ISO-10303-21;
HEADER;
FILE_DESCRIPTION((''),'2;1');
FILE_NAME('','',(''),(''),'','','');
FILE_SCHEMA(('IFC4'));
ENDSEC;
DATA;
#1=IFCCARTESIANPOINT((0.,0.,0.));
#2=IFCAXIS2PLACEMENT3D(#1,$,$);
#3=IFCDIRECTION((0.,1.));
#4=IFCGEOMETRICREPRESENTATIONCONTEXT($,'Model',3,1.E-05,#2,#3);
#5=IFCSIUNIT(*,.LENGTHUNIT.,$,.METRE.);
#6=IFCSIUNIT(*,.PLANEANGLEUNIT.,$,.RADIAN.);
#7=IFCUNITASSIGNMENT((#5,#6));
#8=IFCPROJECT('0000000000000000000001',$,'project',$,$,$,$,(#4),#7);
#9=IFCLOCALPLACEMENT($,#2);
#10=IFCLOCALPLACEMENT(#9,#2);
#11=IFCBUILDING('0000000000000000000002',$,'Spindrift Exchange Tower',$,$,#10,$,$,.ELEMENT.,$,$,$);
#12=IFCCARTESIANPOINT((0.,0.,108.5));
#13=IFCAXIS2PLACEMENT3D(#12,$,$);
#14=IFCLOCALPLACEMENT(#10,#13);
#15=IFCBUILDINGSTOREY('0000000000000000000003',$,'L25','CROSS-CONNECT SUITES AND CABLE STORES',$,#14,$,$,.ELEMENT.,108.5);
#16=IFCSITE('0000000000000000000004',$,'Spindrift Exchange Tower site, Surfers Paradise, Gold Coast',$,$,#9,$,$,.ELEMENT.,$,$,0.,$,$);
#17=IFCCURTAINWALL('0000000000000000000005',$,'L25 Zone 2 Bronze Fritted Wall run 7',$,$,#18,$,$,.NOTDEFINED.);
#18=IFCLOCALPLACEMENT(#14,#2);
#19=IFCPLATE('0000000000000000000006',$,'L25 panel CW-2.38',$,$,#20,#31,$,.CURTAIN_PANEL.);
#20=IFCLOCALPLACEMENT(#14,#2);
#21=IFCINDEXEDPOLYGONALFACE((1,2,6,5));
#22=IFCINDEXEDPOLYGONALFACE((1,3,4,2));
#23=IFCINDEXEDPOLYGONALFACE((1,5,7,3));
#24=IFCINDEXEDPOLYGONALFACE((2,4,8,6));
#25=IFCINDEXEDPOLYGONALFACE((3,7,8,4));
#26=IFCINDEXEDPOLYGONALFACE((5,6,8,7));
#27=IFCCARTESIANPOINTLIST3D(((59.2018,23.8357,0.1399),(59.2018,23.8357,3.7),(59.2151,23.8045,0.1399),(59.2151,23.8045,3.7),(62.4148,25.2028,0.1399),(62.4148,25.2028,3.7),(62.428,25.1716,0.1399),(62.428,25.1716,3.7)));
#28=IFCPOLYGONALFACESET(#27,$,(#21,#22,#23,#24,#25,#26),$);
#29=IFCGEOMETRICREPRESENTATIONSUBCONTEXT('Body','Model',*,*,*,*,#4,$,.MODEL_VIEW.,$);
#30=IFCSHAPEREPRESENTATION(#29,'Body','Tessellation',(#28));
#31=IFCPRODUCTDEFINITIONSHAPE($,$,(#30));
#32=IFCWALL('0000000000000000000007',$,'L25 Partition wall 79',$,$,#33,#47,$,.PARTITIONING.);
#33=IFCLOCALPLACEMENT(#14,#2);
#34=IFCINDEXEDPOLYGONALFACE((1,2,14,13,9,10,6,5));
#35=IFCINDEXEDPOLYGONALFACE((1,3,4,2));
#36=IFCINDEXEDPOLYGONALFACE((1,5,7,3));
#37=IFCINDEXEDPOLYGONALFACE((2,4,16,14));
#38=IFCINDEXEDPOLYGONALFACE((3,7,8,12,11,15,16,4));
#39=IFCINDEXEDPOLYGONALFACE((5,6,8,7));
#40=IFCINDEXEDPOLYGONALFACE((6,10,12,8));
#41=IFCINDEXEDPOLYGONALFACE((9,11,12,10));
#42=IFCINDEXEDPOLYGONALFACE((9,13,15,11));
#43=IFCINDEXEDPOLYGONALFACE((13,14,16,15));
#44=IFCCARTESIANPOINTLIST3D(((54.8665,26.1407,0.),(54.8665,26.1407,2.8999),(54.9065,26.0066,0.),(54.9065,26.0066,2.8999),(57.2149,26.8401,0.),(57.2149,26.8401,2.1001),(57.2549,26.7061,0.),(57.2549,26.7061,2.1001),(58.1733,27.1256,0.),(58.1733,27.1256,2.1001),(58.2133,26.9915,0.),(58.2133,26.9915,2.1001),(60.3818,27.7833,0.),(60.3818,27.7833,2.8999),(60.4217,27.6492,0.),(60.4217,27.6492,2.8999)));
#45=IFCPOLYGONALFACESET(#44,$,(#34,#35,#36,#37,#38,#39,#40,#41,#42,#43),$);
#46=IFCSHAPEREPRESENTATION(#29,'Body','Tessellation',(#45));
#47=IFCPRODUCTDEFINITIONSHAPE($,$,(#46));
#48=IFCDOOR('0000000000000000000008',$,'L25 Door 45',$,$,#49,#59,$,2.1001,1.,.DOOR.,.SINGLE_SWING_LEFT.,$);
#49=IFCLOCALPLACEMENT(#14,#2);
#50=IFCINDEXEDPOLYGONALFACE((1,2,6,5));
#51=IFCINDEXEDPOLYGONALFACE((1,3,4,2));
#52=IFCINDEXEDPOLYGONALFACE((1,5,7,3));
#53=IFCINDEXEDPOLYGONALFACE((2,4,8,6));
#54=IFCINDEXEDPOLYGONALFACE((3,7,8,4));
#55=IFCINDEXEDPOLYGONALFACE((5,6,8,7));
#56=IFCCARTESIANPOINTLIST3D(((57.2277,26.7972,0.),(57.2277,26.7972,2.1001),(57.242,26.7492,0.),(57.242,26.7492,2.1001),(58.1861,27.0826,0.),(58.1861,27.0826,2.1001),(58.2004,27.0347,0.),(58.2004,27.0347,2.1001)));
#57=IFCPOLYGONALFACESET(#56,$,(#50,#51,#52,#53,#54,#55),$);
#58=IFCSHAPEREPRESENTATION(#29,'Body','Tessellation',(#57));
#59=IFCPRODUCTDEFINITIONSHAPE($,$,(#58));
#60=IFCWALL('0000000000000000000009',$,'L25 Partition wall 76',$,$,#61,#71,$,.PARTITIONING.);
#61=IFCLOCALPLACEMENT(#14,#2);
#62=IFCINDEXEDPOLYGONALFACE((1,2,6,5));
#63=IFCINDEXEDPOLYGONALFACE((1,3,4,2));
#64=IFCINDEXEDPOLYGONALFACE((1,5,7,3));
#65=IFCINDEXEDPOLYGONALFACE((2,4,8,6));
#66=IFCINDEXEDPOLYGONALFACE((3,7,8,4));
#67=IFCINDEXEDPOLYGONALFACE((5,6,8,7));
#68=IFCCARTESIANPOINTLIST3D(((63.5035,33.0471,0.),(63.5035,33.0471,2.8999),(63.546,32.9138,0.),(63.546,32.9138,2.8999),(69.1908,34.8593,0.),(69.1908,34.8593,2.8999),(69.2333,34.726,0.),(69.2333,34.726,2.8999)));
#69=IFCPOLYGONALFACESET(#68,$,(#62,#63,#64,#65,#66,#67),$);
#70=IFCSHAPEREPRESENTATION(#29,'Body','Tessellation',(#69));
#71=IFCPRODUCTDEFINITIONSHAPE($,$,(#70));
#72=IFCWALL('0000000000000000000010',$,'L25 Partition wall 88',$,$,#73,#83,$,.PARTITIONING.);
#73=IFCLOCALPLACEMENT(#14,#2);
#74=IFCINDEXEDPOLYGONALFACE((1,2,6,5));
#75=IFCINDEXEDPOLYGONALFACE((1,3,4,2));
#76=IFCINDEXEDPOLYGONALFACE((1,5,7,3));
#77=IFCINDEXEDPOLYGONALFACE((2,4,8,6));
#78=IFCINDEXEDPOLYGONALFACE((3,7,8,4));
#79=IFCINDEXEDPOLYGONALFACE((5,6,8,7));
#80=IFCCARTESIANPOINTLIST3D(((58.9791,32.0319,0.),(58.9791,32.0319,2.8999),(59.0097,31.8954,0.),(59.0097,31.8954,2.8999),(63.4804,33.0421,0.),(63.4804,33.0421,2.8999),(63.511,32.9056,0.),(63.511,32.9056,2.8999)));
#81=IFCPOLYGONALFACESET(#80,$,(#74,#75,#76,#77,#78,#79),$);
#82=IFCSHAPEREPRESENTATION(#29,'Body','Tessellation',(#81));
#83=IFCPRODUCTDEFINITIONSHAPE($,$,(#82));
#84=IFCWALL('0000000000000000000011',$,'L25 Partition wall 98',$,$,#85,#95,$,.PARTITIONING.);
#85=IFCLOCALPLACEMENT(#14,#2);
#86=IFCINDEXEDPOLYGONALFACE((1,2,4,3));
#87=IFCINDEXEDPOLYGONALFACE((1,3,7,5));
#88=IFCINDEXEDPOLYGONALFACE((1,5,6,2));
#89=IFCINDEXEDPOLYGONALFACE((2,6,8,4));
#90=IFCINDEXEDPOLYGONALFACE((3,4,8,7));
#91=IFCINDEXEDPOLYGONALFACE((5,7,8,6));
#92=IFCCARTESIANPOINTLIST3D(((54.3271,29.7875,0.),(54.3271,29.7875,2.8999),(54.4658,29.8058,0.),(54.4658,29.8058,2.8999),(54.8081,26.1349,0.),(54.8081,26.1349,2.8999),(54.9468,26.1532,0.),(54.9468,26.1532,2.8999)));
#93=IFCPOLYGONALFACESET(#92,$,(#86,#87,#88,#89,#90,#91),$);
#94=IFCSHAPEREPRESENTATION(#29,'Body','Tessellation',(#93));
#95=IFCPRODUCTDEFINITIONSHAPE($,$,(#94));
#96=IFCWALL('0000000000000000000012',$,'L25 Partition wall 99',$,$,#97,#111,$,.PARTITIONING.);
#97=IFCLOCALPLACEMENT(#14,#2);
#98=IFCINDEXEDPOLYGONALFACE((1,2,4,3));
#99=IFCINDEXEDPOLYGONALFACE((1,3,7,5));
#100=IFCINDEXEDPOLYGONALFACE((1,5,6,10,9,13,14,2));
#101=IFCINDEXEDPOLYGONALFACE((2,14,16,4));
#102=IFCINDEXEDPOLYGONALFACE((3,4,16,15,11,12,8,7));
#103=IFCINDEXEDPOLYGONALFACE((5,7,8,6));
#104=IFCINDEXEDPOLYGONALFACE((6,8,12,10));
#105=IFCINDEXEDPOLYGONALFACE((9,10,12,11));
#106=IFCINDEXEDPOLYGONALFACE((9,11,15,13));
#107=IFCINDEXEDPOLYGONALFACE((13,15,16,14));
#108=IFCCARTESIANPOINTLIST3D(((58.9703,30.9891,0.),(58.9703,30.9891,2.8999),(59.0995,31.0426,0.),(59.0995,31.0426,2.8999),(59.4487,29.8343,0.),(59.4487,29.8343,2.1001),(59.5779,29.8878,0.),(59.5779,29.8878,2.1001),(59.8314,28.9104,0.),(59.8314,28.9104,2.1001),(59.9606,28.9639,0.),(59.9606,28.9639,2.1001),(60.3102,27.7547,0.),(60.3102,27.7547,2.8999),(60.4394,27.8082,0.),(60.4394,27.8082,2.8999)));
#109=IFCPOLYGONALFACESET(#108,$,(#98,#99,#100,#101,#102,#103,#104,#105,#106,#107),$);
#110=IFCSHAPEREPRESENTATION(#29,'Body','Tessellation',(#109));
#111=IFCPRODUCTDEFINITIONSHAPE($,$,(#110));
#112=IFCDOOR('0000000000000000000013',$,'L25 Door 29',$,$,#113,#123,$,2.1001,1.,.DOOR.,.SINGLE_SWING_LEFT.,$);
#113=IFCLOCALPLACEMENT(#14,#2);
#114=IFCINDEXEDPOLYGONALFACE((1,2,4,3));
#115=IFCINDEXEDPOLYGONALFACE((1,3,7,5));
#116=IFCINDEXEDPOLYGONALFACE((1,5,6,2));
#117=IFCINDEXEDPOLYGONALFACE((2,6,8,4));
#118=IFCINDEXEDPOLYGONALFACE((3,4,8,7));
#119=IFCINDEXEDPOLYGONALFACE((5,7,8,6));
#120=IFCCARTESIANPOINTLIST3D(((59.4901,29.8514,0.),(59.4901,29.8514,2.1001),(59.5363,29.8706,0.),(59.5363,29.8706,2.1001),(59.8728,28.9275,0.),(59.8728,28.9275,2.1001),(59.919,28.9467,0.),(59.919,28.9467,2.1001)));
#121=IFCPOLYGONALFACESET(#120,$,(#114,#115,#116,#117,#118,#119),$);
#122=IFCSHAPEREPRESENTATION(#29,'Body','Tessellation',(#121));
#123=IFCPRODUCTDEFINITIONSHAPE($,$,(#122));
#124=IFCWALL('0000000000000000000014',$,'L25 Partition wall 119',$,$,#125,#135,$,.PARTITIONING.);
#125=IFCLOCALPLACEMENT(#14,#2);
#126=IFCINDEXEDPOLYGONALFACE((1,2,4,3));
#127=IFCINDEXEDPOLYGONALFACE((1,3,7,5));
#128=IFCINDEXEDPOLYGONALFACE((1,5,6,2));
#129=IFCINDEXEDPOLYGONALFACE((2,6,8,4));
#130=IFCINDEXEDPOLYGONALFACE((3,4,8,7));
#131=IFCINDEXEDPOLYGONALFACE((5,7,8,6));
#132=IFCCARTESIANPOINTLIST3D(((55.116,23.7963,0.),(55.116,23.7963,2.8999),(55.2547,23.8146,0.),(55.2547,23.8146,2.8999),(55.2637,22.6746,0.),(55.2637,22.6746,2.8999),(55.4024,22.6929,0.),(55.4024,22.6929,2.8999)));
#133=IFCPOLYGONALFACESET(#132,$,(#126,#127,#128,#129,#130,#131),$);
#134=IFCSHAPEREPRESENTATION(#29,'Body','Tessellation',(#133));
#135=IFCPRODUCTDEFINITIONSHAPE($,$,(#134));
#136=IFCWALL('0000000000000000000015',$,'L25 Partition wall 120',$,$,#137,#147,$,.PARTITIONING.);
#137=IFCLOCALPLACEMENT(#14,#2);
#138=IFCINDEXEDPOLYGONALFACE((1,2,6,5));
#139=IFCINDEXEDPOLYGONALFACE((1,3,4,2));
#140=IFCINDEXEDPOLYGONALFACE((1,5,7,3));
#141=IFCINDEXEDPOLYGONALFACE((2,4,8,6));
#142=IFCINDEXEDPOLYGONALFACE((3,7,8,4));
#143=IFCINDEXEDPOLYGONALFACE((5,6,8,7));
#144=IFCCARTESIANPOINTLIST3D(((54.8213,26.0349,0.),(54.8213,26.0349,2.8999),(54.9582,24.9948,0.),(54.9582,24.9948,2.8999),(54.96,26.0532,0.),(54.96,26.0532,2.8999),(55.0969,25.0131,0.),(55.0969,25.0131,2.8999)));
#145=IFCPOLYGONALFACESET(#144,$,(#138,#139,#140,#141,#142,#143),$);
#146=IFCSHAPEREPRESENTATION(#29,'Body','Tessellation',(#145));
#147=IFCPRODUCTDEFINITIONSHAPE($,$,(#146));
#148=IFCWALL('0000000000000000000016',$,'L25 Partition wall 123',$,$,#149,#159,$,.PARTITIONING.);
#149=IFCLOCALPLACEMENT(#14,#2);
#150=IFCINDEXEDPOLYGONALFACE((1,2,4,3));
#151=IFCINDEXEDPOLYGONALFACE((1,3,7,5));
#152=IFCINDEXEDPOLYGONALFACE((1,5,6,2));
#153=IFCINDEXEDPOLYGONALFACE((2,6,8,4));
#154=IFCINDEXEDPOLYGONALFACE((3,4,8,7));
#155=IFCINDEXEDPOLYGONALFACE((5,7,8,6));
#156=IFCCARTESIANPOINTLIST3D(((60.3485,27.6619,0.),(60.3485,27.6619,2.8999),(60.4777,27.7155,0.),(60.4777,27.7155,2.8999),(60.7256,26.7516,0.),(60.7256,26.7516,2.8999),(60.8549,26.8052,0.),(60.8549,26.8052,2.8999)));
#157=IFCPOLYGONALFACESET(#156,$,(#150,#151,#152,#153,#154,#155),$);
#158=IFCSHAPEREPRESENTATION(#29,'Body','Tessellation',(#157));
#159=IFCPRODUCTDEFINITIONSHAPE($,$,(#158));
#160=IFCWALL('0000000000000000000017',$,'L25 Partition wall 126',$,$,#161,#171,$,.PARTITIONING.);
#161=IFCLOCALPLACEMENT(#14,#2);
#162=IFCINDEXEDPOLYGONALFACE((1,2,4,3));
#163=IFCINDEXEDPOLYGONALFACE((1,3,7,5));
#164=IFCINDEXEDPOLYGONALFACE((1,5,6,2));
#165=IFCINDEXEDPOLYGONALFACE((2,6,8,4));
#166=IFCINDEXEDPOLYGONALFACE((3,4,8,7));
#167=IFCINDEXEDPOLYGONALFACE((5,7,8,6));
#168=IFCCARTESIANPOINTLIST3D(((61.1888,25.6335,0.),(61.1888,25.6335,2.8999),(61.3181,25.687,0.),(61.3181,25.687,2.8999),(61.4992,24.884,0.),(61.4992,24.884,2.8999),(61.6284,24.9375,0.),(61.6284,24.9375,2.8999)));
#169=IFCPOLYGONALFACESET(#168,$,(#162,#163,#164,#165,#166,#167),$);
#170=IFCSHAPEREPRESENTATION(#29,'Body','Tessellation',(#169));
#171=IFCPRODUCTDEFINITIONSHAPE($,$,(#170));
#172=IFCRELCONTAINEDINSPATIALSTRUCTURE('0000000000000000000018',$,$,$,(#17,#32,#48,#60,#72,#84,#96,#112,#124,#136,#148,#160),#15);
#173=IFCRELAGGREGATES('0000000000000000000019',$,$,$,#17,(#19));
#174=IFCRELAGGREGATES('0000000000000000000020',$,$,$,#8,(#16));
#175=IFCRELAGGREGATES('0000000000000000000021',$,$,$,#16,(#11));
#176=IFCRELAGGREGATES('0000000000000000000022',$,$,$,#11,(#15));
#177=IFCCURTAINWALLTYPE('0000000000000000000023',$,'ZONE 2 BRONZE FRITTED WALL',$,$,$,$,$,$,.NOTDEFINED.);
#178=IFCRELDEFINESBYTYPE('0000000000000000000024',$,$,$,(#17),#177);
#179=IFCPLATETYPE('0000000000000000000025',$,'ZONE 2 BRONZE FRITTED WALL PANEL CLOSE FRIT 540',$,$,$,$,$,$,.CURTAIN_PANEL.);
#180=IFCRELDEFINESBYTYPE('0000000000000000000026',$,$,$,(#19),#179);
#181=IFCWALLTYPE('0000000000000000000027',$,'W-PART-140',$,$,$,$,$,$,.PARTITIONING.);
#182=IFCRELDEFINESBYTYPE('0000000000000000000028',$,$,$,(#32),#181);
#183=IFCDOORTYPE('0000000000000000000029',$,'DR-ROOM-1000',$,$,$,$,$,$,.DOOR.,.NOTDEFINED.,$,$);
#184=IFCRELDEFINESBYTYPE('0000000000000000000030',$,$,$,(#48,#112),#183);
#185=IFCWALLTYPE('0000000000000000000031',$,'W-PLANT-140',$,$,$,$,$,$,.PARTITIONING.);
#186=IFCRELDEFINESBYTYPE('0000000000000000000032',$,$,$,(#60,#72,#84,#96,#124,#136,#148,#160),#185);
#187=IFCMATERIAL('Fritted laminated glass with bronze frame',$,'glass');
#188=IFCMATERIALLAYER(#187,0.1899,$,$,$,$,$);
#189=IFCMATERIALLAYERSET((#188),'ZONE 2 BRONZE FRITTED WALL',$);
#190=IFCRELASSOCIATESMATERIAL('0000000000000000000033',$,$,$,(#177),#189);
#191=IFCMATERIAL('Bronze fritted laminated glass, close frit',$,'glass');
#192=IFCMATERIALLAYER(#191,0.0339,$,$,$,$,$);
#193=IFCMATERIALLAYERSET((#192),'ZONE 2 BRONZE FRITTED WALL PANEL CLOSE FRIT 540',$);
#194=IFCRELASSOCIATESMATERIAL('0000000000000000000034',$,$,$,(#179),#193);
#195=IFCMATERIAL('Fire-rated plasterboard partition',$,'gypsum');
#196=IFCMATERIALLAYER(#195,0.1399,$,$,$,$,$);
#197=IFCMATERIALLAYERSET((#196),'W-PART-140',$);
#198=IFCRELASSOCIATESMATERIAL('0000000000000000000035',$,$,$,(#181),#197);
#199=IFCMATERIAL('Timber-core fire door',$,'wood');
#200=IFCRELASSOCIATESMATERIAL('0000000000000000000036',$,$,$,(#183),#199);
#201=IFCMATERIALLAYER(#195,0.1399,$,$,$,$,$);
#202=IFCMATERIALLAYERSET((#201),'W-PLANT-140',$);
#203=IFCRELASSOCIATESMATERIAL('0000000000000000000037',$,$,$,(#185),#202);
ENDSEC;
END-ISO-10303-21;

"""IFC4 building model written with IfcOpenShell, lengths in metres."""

from ifc_helpers import new_model, si_unit, direction, frame, frame_2d, origin, origin_2d, place, context, subcontext, project, spatial, rectangle, extrude, source, transform, mapped, material, layer, layer_set, type_object, element, fill, aggregate, save


model = new_model("IFC4")

# Units and contexts
model_context = context("Model", 3, precision=1e-05, world=origin(), true_north=direction((0.0, 1.0)))
body_context = subcontext(model_context, "Body", "Model", "MODEL_VIEW")
ifc_project = project(units=[si_unit("LENGTHUNIT", "METRE"), si_unit("PLANEANGLEUNIT", "RADIAN")], contexts=[model_context])

# Site, building, storey
site_placement = place(None, origin())
site = spatial("IfcSite", under=ifc_project, at=site_placement, Name="Spindrift Exchange Tower site, Surfers Paradise, Gold Coast", CompositionType="ELEMENT", RefElevation=0.0)
building_placement = place(site_placement, origin())
building = spatial("IfcBuilding", under=site, at=building_placement, Name="Spindrift Exchange Tower", CompositionType="ELEMENT")
storey_placement = place(building_placement, frame((0.0, 0.0, 108.5)))
storey = spatial("IfcBuildingStorey", under=building, at=storey_placement, Name="L25", Description="CROSS-CONNECT SUITES AND CABLE STORES", CompositionType="ELEMENT", Elevation=108.5)

# Curtain wall
ifc_material_1 = material(Name="Fritted laminated glass with bronze frame", Category="glass")
ifc_layer_1 = layer(ifc_material_1, 0.1899)
ifc_layer_set_1 = layer_set([ifc_layer_1], Name="ZONE 2 BRONZE FRITTED WALL")
curtain_wall_type = type_object("IfcCurtainWallType", Name="ZONE 2 BRONZE FRITTED WALL", PredefinedType="NOTDEFINED", material=ifc_layer_set_1)
curtain_wall_1_placement = place(storey_placement, origin())
curtain_wall_1 = element("IfcCurtainWall", 1, at=curtain_wall_1_placement, inside=storey, type_object=curtain_wall_type, Name="L25 Zone 2 Bronze Fritted Wall run 7", PredefinedType="NOTDEFINED")

# Shared definitions
ifc_material_2 = material(Name="Bronze fritted laminated glass, close frit", Category="glass")

# Plate
ifc_layer_2 = layer(ifc_material_2, 0.0339)
ifc_layer_set_2 = layer_set([ifc_layer_2], Name="ZONE 2 BRONZE FRITTED WALL PANEL CLOSE FRIT 540")
plate_type_1 = type_object("IfcPlateType", Name="ZONE 2 BRONZE FRITTED WALL PANEL CLOSE FRIT 540", PredefinedType="CURTAIN_PANEL", material=ifc_layer_set_2)
shared_shape_1 = source(origin(), body_context, "Body", "SweptSolid", [
    extrude(rectangle(XDim=3.4917, YDim=0.0339, at=origin_2d()), origin(), (0.0, 0.0, 1.0), 3.5601),
])
plate_1_placement = place(storey_placement, frame((60.8149, 24.5037, 0.1399), z_axis=(0.0, 0.0, 1.0), x_axis=(0.92016, 0.391542, 0.0)))
plate_1 = element("IfcPlate", 2, at=plate_1_placement, type_object=plate_type_1, Name="L25 panel CW-2.38", PredefinedType="CURTAIN_PANEL", context=body_context, shape_type="MappedRepresentation", body=[
    mapped(shared_shape_1, transform((0.0, 0.0, 0.0), scale=1.0)),
])
aggregate(curtain_wall_1, [plate_1])

# Wall, opening, door
ifc_material_3 = material(Name="Fire-rated plasterboard partition", Category="gypsum")
ifc_layer_3 = layer(ifc_material_3, 0.1399)
ifc_layer_set_3 = layer_set([ifc_layer_3], Name="W-PART-140")
wall_type_1 = type_object("IfcWallType", Name="W-PART-140", PredefinedType="PARTITIONING", material=ifc_layer_set_3)
wall_1_placement = place(storey_placement, frame((60.4019, 27.7163, 0.0), z_axis=(0.0, 0.0, 1.0), x_axis=(-0.958397, -0.28544, 0.0)))
wall_1 = element("IfcWall", 3, at=wall_1_placement, inside=storey, type_object=wall_type_1, Name="L25 Partition wall 79", PredefinedType="PARTITIONING", context=body_context, shape_type="SweptSolid", body=[
    extrude(rectangle(XDim=5.7546, YDim=0.1399, at=frame_2d((2.8774, 0.0))), origin(), (0.0, 0.0, 1.0), 2.8999),
])
opening_1_placement = place(wall_1_placement, frame((2.3044, 0.0, 0.0)))
opening_1 = element("IfcOpeningElement", 4, at=opening_1_placement, cuts=wall_1, PredefinedType="OPENING", context=body_context, shape_type="SweptSolid", body=[
    extrude(rectangle(XDim=1.0, YDim=2.1001, at=frame_2d((0.5, 1.05))), frame((0.0, 0.0798, 0.0), z_axis=(0.0, -1.0, 0.0), x_axis=(1.0, 0.0, 0.0)), (0.0, 0.0, 1.0), 0.1599),
])
ifc_material_4 = material(Name="Timber-core fire door", Category="wood")
door_type = type_object("IfcDoorType", Name="DR-ROOM-1000", OperationType="NOTDEFINED", PredefinedType="DOOR", material=ifc_material_4)
shared_shape_2 = source(origin(), body_context, "Body", "SweptSolid", [
    extrude(rectangle(XDim=1.0, YDim=2.1001, at=frame_2d((0.5, 1.05))), frame((0.0, 0.0249, 0.0), z_axis=(0.0, -1.0, 0.0), x_axis=(1.0, 0.0, 0.0)), (0.0, 0.0, 1.0), 0.05),
])
door_1_placement = place(opening_1_placement, origin())
door_1 = element("IfcDoor", 5, at=door_1_placement, inside=storey, type_object=door_type, Name="L25 Door 45", OperationType="SINGLE_SWING_LEFT", OverallHeight=2.1001, OverallWidth=1.0, PredefinedType="DOOR", context=body_context, shape_type="MappedRepresentation", body=[
    mapped(shared_shape_2, transform((0.0, 0.0, 0.0), scale=1.0)),
])
fill(opening_1, door_1)

# Walls
ifc_layer_4 = layer(ifc_material_3, 0.1399)
ifc_layer_set_4 = layer_set([ifc_layer_4], Name="W-PLANT-140")
wall_type_2 = type_object("IfcWallType", Name="W-PLANT-140", PredefinedType="PARTITIONING", material=ifc_layer_set_4)
wall_2_placement = place(storey_placement, frame((63.5249, 32.9805, 0.0), z_axis=(0.0, 0.0, 1.0), x_axis=(0.952796, 0.30361, 0.0)))
element("IfcWall", 6, at=wall_2_placement, inside=storey, type_object=wall_type_2, Name="L25 Partition wall 76", PredefinedType="PARTITIONING", context=body_context, shape_type="SweptSolid", body=[
    extrude(rectangle(XDim=5.969, YDim=0.1399, at=frame_2d((2.9844, 0.0))), origin(), (0.0, 0.0, 1.0), 2.8999),
])
wall_3_placement = place(storey_placement, frame((58.9944, 31.9636, 0.0), z_axis=(0.0, 0.0, 1.0), x_axis=(0.975727, 0.218992, 0.0)))
element("IfcWall", 7, at=wall_3_placement, inside=storey, type_object=wall_type_2, Name="L25 Partition wall 88", PredefinedType="PARTITIONING", context=body_context, shape_type="SweptSolid", body=[
    extrude(rectangle(XDim=4.6133, YDim=0.1399, at=frame_2d((2.3066, 0.0))), origin(), (0.0, 0.0, 1.0), 2.8999),
])
wall_4_placement = place(storey_placement, frame((54.3965, 29.7966, 0.0), z_axis=(0.0, 0.0, 1.0), x_axis=(0.130549, -0.991442, 0.0)))
element("IfcWall", 8, at=wall_4_placement, inside=storey, type_object=wall_type_2, Name="L25 Partition wall 98", PredefinedType="PARTITIONING", context=body_context, shape_type="SweptSolid", body=[
    extrude(rectangle(XDim=3.6841, YDim=0.1399, at=frame_2d((1.842, 0.0))), origin(), (0.0, 0.0, 1.0), 2.8999),
])

# Wall, opening, door
wall_5_placement = place(storey_placement, frame((59.0349, 31.0159, 0.0), z_axis=(0.0, 0.0, 1.0), x_axis=(0.382713, -0.923867, 0.0)))
wall_5 = element("IfcWall", 9, at=wall_5_placement, inside=storey, type_object=wall_type_2, Name="L25 Partition wall 99", PredefinedType="PARTITIONING", context=body_context, shape_type="SweptSolid", body=[
    extrude(rectangle(XDim=3.501, YDim=0.1399, at=frame_2d((1.7505, 0.0))), origin(), (0.0, 0.0, 1.0), 2.8999),
])
opening_2_placement = place(wall_5_placement, frame((1.25, 0.0, 0.0)))
opening_2 = element("IfcOpeningElement", 10, at=opening_2_placement, cuts=wall_5, PredefinedType="OPENING", context=body_context, shape_type="SweptSolid", body=[
    extrude(rectangle(XDim=1.0, YDim=2.1001, at=frame_2d((0.5, 1.05))), frame((0.0, 0.0798, 0.0), z_axis=(0.0, -1.0, 0.0), x_axis=(1.0, 0.0, 0.0)), (0.0, 0.0, 1.0), 0.1599),
])
door_2_placement = place(opening_2_placement, origin())
door_2 = element("IfcDoor", 11, at=door_2_placement, inside=storey, type_object=door_type, Name="L25 Door 29", OperationType="SINGLE_SWING_LEFT", OverallHeight=2.1001, OverallWidth=1.0, PredefinedType="DOOR", context=body_context, shape_type="MappedRepresentation", body=[
    mapped(shared_shape_2, transform((0.0, 0.0, 0.0), scale=1.0)),
])
fill(opening_2, door_2)

# Walls
wall_6_placement = place(storey_placement, frame((55.1853, 23.8054, 0.0), z_axis=(0.0, 0.0, 1.0), x_axis=(0.130566, -0.99144, 0.0)))
element("IfcWall", 12, at=wall_6_placement, inside=storey, type_object=wall_type_2, Name="L25 Partition wall 119", PredefinedType="PARTITIONING", context=body_context, shape_type="SweptSolid", body=[
    extrude(rectangle(XDim=1.1313, YDim=0.1399, at=frame_2d((0.5657, 0.0))), origin(), (0.0, 0.0, 1.0), 2.8999),
])
wall_7_placement = place(storey_placement, frame((54.8906, 26.0439, 0.0), z_axis=(0.0, 0.0, 1.0), x_axis=(0.130563, -0.99144, 0.0)))
element("IfcWall", 13, at=wall_7_placement, inside=storey, type_object=wall_type_2, Name="L25 Partition wall 120", PredefinedType="PARTITIONING", context=body_context, shape_type="SweptSolid", body=[
    extrude(rectangle(XDim=1.0491, YDim=0.1399, at=frame_2d((0.5244, 0.0))), origin(), (0.0, 0.0, 1.0), 2.8999),
])
wall_8_placement = place(storey_placement, frame((60.4131, 27.6887, 0.0), z_axis=(0.0, 0.0, 1.0), x_axis=(0.382768, -0.923845, 0.0)))
element("IfcWall", 14, at=wall_8_placement, inside=storey, type_object=wall_type_2, Name="L25 Partition wall 123", PredefinedType="PARTITIONING", context=body_context, shape_type="SweptSolid", body=[
    extrude(rectangle(XDim=0.9854, YDim=0.1399, at=frame_2d((0.4927, 0.0))), origin(), (0.0, 0.0, 1.0), 2.8999),
])
wall_9_placement = place(storey_placement, frame((61.2534, 25.6604, 0.0), z_axis=(0.0, 0.0, 1.0), x_axis=(0.38252, -0.923947, 0.0)))
element("IfcWall", 15, at=wall_9_placement, inside=storey, type_object=wall_type_2, Name="L25 Partition wall 126", PredefinedType="PARTITIONING", context=body_context, shape_type="SweptSolid", body=[
    extrude(rectangle(XDim=0.8113, YDim=0.1399, at=frame_2d((0.4058, 0.0))), origin(), (0.0, 0.0, 1.0), 2.8999),
])

save(model, "model.ifc")
